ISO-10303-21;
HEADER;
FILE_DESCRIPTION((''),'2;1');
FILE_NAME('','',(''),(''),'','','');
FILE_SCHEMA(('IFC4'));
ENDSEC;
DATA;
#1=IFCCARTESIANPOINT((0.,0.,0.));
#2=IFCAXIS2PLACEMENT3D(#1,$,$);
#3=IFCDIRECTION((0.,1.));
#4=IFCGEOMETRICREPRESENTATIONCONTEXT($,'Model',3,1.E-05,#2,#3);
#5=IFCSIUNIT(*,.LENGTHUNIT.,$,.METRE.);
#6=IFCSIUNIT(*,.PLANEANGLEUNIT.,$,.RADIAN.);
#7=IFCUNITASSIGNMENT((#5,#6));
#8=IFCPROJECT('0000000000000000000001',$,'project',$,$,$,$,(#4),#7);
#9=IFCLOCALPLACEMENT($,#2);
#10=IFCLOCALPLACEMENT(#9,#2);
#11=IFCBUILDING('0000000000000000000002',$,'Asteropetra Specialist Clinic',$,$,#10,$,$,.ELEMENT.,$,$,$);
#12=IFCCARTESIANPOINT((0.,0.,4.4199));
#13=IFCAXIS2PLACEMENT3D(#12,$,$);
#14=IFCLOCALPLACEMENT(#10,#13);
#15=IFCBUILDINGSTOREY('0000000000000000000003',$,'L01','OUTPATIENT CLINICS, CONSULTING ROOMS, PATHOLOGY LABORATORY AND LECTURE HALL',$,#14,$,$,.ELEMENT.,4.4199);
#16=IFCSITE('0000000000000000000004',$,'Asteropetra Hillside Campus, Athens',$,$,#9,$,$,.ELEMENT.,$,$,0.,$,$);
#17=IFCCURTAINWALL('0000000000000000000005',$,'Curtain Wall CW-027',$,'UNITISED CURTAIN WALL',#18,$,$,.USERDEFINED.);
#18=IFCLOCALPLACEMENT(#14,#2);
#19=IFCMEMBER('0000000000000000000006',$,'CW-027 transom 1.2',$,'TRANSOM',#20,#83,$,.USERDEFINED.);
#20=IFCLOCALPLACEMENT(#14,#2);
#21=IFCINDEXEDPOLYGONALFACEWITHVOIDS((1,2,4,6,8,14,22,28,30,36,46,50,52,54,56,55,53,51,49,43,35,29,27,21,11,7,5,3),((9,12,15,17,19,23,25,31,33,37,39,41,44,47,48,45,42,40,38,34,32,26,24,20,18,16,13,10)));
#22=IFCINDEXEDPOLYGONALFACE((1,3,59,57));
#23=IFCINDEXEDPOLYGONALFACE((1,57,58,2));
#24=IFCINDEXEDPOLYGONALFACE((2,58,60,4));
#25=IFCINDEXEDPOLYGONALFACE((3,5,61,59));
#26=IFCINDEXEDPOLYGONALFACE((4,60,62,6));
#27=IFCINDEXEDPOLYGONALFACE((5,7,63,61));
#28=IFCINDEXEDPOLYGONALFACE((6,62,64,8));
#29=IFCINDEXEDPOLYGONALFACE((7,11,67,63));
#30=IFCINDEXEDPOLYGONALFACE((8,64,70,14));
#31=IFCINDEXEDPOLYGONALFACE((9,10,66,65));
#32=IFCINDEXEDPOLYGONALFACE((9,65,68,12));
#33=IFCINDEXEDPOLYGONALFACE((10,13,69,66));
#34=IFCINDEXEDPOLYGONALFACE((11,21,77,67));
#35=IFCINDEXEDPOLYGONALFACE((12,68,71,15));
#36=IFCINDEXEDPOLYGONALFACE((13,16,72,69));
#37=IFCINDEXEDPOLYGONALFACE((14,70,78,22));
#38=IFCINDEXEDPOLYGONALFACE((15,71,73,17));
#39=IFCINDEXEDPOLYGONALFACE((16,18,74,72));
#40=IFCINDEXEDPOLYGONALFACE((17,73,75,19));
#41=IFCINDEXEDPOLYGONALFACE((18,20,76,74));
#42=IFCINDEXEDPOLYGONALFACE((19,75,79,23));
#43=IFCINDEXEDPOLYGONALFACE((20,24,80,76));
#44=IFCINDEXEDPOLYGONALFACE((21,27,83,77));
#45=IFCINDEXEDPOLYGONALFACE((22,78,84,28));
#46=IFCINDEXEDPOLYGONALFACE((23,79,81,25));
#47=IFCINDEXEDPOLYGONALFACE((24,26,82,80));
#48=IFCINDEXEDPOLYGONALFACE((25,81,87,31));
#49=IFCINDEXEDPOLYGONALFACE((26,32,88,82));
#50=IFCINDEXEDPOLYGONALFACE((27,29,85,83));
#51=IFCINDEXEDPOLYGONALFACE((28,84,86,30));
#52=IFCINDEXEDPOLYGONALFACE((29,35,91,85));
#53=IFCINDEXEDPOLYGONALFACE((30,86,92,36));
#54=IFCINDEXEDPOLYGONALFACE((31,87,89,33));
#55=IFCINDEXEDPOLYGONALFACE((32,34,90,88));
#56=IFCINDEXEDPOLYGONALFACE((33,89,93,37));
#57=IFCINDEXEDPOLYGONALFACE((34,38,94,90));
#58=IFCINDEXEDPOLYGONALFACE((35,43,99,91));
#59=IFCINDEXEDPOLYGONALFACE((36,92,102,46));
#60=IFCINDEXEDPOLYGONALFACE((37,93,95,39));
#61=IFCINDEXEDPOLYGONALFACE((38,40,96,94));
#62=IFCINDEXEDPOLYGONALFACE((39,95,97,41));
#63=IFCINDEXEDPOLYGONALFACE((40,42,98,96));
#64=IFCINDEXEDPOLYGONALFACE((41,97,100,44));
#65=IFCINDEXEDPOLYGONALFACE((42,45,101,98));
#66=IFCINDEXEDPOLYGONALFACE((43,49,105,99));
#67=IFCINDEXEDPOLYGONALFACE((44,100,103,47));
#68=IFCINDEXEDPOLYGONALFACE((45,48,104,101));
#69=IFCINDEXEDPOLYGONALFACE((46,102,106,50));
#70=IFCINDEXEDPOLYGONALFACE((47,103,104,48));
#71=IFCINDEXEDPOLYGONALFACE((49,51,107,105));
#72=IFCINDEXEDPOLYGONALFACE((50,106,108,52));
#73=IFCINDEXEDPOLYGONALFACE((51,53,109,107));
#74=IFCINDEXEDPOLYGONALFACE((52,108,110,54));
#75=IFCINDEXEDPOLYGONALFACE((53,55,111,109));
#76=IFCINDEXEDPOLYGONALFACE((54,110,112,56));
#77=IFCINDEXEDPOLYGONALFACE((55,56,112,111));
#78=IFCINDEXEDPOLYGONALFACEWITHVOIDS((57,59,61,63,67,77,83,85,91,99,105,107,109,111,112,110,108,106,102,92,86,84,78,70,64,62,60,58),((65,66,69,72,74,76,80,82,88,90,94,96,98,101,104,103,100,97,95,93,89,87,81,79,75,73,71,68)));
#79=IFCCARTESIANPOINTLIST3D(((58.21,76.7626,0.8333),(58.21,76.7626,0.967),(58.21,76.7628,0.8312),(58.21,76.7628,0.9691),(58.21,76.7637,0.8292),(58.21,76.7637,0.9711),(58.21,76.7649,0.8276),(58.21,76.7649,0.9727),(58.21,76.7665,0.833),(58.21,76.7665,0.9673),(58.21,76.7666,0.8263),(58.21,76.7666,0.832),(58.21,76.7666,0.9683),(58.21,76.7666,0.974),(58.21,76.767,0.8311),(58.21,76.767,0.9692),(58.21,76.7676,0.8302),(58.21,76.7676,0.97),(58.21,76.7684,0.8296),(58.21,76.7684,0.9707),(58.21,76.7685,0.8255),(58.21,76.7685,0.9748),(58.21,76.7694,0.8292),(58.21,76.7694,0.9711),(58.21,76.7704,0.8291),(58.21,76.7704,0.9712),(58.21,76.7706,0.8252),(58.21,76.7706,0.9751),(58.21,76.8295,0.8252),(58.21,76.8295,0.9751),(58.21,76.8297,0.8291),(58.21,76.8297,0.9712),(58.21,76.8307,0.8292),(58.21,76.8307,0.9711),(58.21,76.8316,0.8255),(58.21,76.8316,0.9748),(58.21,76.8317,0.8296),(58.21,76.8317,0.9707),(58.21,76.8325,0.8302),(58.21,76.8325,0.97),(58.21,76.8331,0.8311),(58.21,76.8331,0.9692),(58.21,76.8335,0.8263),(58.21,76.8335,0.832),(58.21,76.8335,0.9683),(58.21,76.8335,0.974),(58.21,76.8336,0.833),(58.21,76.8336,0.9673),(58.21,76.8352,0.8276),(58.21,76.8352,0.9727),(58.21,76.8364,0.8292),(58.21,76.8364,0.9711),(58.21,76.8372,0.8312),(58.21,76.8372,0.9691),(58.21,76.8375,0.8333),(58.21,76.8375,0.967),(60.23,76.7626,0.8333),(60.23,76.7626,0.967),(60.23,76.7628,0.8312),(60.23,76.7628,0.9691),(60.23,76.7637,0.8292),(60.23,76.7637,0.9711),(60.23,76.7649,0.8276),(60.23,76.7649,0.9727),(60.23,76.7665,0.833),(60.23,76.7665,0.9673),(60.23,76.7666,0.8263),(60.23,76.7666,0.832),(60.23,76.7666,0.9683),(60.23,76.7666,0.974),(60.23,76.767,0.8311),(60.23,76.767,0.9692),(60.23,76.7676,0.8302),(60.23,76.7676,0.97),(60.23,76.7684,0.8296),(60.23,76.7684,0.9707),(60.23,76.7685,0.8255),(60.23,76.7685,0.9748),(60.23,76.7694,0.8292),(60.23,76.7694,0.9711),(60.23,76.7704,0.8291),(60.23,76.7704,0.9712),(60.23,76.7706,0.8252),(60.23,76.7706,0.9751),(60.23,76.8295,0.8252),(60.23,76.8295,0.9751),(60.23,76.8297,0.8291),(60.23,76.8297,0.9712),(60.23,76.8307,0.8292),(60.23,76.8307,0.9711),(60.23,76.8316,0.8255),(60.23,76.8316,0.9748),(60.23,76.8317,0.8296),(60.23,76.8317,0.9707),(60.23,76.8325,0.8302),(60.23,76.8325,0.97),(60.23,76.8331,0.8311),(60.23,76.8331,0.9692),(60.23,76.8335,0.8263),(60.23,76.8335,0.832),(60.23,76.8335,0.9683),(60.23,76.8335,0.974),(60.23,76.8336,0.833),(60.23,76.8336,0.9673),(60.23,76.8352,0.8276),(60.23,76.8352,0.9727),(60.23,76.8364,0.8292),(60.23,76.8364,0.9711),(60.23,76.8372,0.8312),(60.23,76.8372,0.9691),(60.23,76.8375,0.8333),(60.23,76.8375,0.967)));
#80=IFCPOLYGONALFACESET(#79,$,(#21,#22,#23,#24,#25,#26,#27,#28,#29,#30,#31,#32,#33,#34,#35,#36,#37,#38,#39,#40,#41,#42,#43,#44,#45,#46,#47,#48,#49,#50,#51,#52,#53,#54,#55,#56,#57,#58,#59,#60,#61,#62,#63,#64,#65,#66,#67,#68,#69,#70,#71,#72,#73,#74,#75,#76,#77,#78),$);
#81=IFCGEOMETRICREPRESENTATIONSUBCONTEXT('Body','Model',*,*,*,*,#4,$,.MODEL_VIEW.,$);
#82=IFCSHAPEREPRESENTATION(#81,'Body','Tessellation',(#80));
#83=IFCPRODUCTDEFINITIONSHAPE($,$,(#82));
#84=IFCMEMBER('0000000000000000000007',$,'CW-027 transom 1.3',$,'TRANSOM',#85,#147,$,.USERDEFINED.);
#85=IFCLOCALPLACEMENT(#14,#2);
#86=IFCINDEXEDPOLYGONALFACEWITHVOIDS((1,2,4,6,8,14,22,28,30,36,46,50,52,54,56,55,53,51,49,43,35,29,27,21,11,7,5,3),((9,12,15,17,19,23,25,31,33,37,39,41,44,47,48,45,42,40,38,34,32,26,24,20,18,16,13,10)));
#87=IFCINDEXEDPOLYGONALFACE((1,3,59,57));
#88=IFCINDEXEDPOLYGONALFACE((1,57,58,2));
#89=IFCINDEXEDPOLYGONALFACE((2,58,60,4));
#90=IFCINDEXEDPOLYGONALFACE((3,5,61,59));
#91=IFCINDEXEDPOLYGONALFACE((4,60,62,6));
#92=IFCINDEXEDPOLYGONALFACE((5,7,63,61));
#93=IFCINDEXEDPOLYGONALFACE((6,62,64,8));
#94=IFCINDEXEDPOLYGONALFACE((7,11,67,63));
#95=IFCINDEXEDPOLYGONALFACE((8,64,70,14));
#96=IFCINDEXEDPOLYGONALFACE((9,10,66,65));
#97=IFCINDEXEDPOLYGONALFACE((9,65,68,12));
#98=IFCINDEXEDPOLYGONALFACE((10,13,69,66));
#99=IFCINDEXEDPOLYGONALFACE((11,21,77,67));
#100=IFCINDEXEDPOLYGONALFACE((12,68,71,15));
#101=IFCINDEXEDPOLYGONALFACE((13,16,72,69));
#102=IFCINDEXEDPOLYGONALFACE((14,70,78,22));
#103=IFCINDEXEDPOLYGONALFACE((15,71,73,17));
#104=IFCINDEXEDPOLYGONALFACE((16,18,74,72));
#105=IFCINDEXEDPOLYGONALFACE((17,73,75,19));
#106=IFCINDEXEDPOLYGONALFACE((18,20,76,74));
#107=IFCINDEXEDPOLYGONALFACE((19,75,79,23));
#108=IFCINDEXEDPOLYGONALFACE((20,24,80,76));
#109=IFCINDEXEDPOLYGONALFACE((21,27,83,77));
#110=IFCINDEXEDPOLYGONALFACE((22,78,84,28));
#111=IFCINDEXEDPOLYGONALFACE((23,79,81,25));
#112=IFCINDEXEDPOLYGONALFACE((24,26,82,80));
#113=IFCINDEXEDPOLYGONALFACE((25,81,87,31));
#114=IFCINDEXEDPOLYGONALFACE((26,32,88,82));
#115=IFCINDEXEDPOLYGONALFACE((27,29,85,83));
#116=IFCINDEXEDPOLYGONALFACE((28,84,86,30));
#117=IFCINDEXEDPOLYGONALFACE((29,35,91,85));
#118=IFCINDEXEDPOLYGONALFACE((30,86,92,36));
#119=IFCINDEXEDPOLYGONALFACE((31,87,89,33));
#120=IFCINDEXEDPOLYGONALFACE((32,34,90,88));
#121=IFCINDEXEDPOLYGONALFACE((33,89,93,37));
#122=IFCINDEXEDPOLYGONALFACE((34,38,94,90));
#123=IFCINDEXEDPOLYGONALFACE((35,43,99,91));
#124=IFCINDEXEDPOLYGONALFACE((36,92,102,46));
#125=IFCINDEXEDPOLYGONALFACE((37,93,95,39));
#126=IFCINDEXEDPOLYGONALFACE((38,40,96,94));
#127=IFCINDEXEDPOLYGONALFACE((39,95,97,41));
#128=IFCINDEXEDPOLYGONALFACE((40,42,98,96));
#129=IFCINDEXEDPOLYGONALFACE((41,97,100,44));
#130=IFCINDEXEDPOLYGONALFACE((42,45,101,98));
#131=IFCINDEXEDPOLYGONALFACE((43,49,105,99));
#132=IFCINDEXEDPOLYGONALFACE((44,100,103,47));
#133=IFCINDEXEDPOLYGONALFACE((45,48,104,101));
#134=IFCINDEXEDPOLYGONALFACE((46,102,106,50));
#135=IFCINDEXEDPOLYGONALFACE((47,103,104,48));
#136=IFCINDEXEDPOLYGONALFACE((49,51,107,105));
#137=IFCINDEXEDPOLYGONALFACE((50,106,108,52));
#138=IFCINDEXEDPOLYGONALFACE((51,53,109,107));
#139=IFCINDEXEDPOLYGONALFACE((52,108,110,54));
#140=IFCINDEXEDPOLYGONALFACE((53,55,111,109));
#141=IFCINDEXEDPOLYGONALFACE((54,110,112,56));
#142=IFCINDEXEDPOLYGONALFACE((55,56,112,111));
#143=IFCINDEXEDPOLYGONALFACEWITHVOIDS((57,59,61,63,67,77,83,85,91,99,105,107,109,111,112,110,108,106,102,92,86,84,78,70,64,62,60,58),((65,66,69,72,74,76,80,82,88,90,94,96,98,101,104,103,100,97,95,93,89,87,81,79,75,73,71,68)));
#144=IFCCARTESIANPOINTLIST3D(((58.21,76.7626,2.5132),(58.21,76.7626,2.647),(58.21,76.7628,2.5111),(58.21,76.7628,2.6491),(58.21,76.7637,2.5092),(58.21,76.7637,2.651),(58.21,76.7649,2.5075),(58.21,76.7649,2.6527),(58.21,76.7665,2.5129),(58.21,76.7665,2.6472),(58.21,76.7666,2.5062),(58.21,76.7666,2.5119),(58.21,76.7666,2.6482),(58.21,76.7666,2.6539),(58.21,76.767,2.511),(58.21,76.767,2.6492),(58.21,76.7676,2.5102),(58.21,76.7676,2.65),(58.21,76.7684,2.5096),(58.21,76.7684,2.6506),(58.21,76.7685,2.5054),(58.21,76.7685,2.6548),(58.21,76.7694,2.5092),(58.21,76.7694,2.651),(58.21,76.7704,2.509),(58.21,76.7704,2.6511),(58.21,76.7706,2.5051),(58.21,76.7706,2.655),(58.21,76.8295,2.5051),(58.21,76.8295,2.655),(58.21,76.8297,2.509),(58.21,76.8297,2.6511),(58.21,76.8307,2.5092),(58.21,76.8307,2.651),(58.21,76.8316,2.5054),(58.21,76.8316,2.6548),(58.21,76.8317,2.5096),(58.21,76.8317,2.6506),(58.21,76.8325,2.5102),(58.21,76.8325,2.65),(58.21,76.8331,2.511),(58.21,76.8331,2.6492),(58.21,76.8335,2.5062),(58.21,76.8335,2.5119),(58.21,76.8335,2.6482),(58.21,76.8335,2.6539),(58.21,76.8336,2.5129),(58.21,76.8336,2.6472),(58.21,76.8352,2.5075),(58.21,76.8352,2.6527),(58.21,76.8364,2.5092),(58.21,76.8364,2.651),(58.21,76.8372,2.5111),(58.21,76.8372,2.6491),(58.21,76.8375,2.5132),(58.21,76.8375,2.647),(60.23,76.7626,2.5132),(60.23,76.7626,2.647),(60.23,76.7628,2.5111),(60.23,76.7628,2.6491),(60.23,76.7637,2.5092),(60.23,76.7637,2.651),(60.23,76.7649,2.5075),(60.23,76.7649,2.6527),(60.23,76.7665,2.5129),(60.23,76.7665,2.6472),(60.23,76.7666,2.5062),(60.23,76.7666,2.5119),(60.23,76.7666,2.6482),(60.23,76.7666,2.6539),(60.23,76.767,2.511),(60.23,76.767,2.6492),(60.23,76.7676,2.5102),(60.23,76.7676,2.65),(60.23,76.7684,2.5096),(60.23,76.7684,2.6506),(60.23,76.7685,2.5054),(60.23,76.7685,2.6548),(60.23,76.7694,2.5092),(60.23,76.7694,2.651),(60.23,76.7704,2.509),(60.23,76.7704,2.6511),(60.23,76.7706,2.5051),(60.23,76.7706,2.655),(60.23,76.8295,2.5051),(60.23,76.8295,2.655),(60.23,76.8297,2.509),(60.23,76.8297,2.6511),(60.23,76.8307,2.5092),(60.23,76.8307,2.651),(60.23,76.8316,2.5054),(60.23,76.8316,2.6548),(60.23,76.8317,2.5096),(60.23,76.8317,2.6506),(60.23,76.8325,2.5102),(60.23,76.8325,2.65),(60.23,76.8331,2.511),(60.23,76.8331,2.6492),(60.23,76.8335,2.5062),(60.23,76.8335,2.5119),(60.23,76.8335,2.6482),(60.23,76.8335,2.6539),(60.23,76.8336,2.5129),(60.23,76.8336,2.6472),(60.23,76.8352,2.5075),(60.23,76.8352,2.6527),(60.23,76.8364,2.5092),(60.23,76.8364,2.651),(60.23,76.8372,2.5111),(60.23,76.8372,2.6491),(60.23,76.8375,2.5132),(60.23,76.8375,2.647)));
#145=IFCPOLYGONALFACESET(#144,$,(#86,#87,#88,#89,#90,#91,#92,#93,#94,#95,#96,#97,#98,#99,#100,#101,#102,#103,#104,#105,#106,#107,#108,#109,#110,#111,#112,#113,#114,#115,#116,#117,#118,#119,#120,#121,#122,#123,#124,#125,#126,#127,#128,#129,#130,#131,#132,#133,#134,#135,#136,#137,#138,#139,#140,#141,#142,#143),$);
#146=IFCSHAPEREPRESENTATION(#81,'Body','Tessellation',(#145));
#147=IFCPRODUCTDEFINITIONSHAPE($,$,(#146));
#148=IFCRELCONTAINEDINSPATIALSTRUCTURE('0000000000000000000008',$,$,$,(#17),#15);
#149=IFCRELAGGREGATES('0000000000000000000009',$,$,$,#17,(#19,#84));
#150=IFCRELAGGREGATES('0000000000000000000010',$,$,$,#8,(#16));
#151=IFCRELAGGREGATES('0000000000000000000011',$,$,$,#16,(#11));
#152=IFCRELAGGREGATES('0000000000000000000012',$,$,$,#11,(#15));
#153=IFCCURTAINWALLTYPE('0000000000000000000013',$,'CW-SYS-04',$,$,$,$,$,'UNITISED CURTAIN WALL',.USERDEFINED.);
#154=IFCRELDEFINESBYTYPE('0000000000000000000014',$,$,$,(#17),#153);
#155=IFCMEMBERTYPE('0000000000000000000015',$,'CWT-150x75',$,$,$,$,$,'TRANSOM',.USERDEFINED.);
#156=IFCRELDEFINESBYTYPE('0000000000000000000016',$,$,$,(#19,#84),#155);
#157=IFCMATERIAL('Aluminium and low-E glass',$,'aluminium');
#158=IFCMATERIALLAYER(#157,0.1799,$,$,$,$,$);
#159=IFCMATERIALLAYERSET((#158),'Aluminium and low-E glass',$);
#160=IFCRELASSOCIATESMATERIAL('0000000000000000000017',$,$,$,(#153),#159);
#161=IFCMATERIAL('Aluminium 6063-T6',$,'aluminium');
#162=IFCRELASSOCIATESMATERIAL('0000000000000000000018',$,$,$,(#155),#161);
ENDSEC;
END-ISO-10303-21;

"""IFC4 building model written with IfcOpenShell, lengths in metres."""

from ifc_helpers import new_model, si_unit, direction, frame, origin, origin_2d, place, context, subcontext, project, spatial, hollow_rectangle, extrude, material, layer, layer_set, material_profile, profile_set, type_object, element, aggregate, save


model = new_model("IFC4")

# Units and contexts
model_context = context("Model", 3, precision=1e-05, world=origin(), true_north=direction((0.0, 1.0)))
body_context = subcontext(model_context, "Body", "Model", "MODEL_VIEW")
ifc_project = project(units=[si_unit("LENGTHUNIT", "METRE"), si_unit("PLANEANGLEUNIT", "RADIAN")], contexts=[model_context])

# Site, building, storey
site_placement = place(None, origin())
site = spatial("IfcSite", under=ifc_project, at=site_placement, Name="Asteropetra Hillside Campus, Athens", CompositionType="ELEMENT", RefElevation=0.0)
building_placement = place(site_placement, origin())
building = spatial("IfcBuilding", under=site, at=building_placement, Name="Asteropetra Specialist Clinic", CompositionType="ELEMENT")
storey_placement = place(building_placement, frame((0.0, 0.0, 4.4199)))
storey = spatial("IfcBuildingStorey", under=building, at=storey_placement, Name="L01", Description="OUTPATIENT CLINICS, CONSULTING ROOMS, PATHOLOGY LABORATORY AND LECTURE HALL", CompositionType="ELEMENT", Elevation=4.4199)

# Curtain wall
ifc_material_1 = material(Name="Aluminium and low-E glass", Category="aluminium")
ifc_layer_1 = layer(ifc_material_1, 0.1799)
ifc_layer_set_1 = layer_set([ifc_layer_1], Name="Aluminium and low-E glass")
curtain_wall_type_1 = type_object("IfcCurtainWallType", Name="CW-SYS-04", ElementType="UNITISED CURTAIN WALL", PredefinedType="USERDEFINED", material=ifc_layer_set_1)
curtain_wall_1_placement = place(storey_placement, origin())
curtain_wall_1 = element("IfcCurtainWall", 1, at=curtain_wall_1_placement, inside=storey, type_object=curtain_wall_type_1, Name="Curtain Wall CW-027", ObjectType="UNITISED CURTAIN WALL", PredefinedType="USERDEFINED")

# Members
ifc_material_2 = material(Name="Aluminium 6063-T6", Category="aluminium")
ifc_material_profile_1 = material_profile(ifc_material_2, hollow_rectangle(XDim=0.075, YDim=0.1499, WallThickness=0.0039, InnerFilletRadius=0.0039, OuterFilletRadius=0.0081, at=origin_2d()), Name="TRN 150x75x4.0")
ifc_profile_set_1 = profile_set([ifc_material_profile_1], Name="Aluminium 6063-T6")
member_type_1 = type_object("IfcMemberType", Name="CWT-150x75", ElementType="TRANSOM", PredefinedType="USERDEFINED", material=ifc_profile_set_1)
member_1_placement = place(storey_placement, frame((58.21, 76.8, 0.9001), z_axis=(1.0, 0.0, 0.0), x_axis=(0.0, 1.0, 0.0)))
member_1 = element("IfcMember", 2, at=member_1_placement, type_object=member_type_1, Name="CW-027 transom 1.2", ObjectType="TRANSOM", PredefinedType="USERDEFINED", context=body_context, shape_type="SweptSolid", body=[
    extrude(hollow_rectangle(XDim=0.075, YDim=0.1499, WallThickness=0.0039, InnerFilletRadius=0.0039, OuterFilletRadius=0.0081, at=origin_2d()), origin(), (0.0, 0.0, 1.0), 2.02),
])
member_2_placement = place(storey_placement, frame((58.21, 76.8, 2.5801), z_axis=(1.0, 0.0, 0.0), x_axis=(0.0, 1.0, 0.0)))
member_2 = element("IfcMember", 3, at=member_2_placement, type_object=member_type_1, Name="CW-027 transom 1.3", ObjectType="TRANSOM", PredefinedType="USERDEFINED", context=body_context, shape_type="SweptSolid", body=[
    extrude(hollow_rectangle(XDim=0.075, YDim=0.1499, WallThickness=0.0039, InnerFilletRadius=0.0039, OuterFilletRadius=0.0081, at=origin_2d()), origin(), (0.0, 0.0, 1.0), 2.02),
])

aggregate(curtain_wall_1, [member_1, member_2])

save(model, "model.ifc")
